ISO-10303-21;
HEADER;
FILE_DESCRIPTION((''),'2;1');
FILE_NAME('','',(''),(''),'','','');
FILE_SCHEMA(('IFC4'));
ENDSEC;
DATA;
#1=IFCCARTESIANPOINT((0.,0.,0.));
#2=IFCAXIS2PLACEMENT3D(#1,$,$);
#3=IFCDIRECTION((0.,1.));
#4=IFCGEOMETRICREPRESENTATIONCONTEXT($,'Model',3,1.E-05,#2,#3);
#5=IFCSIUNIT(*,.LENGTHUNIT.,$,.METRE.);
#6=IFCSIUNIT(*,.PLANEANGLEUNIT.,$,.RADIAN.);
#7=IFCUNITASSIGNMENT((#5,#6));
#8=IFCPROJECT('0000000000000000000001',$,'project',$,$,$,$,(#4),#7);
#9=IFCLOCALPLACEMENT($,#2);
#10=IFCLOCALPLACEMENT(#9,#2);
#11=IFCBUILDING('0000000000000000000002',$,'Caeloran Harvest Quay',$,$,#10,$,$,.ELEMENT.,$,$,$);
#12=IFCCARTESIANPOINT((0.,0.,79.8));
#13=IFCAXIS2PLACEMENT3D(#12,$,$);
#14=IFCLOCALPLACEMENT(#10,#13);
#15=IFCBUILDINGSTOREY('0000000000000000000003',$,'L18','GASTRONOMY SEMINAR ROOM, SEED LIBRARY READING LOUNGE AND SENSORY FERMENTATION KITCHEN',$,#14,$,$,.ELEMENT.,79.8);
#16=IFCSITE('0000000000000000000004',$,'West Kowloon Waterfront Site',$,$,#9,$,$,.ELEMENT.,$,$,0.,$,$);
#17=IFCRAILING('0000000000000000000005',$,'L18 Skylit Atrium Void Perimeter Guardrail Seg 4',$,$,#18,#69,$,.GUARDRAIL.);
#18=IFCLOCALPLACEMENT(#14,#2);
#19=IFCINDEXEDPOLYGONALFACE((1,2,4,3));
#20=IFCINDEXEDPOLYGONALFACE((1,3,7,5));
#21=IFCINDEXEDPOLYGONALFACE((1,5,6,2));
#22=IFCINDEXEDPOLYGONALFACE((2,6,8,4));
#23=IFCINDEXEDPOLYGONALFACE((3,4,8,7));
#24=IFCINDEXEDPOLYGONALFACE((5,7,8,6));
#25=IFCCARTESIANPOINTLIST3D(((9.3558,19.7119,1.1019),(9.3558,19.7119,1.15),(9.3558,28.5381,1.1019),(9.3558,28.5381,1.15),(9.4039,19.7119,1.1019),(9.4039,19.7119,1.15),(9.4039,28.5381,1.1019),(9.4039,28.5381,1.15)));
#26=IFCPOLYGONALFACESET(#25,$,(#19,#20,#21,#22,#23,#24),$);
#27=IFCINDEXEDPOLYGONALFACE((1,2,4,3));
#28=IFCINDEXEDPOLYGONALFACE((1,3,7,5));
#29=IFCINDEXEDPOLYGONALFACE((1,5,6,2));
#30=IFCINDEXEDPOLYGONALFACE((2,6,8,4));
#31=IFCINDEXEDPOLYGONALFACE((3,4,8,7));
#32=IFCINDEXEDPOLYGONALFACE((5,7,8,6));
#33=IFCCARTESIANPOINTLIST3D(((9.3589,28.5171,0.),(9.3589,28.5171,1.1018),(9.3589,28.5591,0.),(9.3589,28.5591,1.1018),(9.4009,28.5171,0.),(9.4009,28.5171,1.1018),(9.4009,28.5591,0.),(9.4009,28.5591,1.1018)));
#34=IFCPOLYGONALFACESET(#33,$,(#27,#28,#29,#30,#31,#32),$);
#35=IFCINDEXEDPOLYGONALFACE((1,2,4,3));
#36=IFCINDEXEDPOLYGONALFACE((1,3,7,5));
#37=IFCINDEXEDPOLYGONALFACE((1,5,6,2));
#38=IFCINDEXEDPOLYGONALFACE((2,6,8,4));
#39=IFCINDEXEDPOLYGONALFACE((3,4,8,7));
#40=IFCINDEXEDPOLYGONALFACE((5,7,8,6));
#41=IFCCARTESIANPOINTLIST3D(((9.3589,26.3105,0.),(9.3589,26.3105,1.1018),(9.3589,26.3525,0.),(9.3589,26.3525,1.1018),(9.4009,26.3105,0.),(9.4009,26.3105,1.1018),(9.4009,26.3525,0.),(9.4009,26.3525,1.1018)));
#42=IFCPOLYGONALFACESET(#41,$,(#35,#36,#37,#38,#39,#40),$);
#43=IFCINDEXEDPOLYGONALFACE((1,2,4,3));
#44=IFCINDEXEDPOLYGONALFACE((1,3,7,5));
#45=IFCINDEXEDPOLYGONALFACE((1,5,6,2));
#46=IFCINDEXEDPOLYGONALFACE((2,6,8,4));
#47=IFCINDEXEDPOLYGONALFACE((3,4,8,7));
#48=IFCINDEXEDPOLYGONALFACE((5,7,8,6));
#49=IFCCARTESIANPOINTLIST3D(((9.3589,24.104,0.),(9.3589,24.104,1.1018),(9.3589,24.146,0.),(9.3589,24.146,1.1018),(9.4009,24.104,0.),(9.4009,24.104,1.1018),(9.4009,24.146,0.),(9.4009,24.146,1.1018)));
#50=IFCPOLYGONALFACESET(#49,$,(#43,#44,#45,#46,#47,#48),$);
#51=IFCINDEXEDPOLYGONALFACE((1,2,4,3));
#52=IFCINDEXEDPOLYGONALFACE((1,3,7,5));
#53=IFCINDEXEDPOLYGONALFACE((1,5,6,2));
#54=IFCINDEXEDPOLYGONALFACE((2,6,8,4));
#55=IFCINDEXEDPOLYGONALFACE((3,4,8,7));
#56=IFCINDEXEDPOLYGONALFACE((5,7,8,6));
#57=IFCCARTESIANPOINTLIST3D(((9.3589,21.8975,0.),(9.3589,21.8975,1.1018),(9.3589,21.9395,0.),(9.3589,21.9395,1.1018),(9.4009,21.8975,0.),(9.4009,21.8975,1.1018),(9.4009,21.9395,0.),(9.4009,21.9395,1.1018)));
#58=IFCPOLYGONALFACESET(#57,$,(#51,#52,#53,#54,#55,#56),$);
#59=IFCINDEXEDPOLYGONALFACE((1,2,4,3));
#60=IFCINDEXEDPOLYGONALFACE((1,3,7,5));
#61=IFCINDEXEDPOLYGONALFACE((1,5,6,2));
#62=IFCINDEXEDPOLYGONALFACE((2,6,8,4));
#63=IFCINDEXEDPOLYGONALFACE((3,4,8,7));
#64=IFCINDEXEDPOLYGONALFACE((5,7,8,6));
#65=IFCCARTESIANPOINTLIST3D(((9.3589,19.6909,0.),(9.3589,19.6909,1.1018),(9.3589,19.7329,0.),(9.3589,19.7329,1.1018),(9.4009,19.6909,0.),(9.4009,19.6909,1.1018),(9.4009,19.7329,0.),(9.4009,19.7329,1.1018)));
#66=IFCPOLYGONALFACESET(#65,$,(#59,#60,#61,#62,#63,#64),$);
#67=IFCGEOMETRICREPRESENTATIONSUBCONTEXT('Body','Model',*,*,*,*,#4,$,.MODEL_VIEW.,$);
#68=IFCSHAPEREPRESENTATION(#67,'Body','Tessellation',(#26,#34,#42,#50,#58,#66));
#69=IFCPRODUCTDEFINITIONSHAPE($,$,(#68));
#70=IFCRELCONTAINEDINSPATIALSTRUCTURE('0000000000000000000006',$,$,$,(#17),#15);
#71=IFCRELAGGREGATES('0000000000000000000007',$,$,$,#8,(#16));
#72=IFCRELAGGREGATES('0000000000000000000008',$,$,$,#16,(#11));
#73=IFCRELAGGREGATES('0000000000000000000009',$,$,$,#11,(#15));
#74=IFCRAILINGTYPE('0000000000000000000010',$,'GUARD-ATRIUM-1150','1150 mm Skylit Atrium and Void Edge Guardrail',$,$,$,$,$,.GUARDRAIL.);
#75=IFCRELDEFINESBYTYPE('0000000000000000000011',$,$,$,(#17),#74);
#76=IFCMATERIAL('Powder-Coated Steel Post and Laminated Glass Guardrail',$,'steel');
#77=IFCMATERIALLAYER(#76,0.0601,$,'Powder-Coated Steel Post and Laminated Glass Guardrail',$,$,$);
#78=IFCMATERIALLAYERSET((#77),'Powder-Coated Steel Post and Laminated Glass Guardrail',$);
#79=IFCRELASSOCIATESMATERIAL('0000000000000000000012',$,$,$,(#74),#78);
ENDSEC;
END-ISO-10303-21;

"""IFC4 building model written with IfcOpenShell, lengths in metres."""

from ifc_helpers import new_model, si_unit, direction, frame, origin, origin_2d, place, context, subcontext, project, spatial, rectangle, extrude, material, layer, layer_set, type_object, element, save


model = new_model("IFC4")

# Units and contexts
model_context = context("Model", 3, precision=1e-05, world=origin(), true_north=direction((0.0, 1.0)))
body_context = subcontext(model_context, "Body", "Model", "MODEL_VIEW")
ifc_project = project(units=[si_unit("LENGTHUNIT", "METRE"), si_unit("PLANEANGLEUNIT", "RADIAN")], contexts=[model_context])

# Site, building, storey
site_placement = place(None, origin())
site = spatial("IfcSite", under=ifc_project, at=site_placement, Name="West Kowloon Waterfront Site", CompositionType="ELEMENT", RefElevation=0.0)
building_placement = place(site_placement, origin())
building = spatial("IfcBuilding", under=site, at=building_placement, Name="Caeloran Harvest Quay", CompositionType="ELEMENT")
storey_placement = place(building_placement, frame((0.0, 0.0, 79.8)))
storey = spatial("IfcBuildingStorey", under=building, at=storey_placement, Name="L18", Description="GASTRONOMY SEMINAR ROOM, SEED LIBRARY READING LOUNGE AND SENSORY FERMENTATION KITCHEN", CompositionType="ELEMENT", Elevation=79.8)

# Railing
ifc_material_1 = material(Name="Powder-Coated Steel Post and Laminated Glass Guardrail", Category="steel")
ifc_layer_1 = layer(ifc_material_1, 0.0601, Name="Powder-Coated Steel Post and Laminated Glass Guardrail")
ifc_layer_set_1 = layer_set([ifc_layer_1], Name="Powder-Coated Steel Post and Laminated Glass Guardrail")
railing_type = type_object("IfcRailingType", Name="GUARD-ATRIUM-1150", Description="1150 mm Skylit Atrium and Void Edge Guardrail", PredefinedType="GUARDRAIL", material=ifc_layer_set_1)
railing_placement = place(storey_placement, frame((9.3799, 28.5381, 0.0)))
element("IfcRailing", 1, at=railing_placement, inside=storey, type_object=railing_type, Name="L18 Skylit Atrium Void Perimeter Guardrail Seg 4", PredefinedType="GUARDRAIL", context=body_context, shape_type="SweptSolid", body=[
    extrude(rectangle(XDim=0.0481, YDim=0.0481, at=origin_2d()), frame((0.0, 0.0, 1.126), z_axis=(0.0, -1.0, 0.0), x_axis=(1.0, 0.0, 0.0)), (0.0, 0.0, 1.0), 8.8262),
    extrude(rectangle(XDim=0.042, YDim=0.042, at=origin_2d()), origin(), (0.0, 0.0, 1.0), 1.1018),
    extrude(rectangle(XDim=0.042, YDim=0.042, at=origin_2d()), frame((0.0, -2.2065, 0.0)), (0.0, 0.0, 1.0), 1.1018),
    extrude(rectangle(XDim=0.042, YDim=0.042, at=origin_2d()), frame((0.0, -4.4131, 0.0)), (0.0, 0.0, 1.0), 1.1018),
    extrude(rectangle(XDim=0.042, YDim=0.042, at=origin_2d()), frame((0.0, -6.6196, 0.0)), (0.0, 0.0, 1.0), 1.1018),
    extrude(rectangle(XDim=0.042, YDim=0.042, at=origin_2d()), frame((0.0, -8.8262, 0.0)), (0.0, 0.0, 1.0), 1.1018),
])

save(model, "model.ifc")
